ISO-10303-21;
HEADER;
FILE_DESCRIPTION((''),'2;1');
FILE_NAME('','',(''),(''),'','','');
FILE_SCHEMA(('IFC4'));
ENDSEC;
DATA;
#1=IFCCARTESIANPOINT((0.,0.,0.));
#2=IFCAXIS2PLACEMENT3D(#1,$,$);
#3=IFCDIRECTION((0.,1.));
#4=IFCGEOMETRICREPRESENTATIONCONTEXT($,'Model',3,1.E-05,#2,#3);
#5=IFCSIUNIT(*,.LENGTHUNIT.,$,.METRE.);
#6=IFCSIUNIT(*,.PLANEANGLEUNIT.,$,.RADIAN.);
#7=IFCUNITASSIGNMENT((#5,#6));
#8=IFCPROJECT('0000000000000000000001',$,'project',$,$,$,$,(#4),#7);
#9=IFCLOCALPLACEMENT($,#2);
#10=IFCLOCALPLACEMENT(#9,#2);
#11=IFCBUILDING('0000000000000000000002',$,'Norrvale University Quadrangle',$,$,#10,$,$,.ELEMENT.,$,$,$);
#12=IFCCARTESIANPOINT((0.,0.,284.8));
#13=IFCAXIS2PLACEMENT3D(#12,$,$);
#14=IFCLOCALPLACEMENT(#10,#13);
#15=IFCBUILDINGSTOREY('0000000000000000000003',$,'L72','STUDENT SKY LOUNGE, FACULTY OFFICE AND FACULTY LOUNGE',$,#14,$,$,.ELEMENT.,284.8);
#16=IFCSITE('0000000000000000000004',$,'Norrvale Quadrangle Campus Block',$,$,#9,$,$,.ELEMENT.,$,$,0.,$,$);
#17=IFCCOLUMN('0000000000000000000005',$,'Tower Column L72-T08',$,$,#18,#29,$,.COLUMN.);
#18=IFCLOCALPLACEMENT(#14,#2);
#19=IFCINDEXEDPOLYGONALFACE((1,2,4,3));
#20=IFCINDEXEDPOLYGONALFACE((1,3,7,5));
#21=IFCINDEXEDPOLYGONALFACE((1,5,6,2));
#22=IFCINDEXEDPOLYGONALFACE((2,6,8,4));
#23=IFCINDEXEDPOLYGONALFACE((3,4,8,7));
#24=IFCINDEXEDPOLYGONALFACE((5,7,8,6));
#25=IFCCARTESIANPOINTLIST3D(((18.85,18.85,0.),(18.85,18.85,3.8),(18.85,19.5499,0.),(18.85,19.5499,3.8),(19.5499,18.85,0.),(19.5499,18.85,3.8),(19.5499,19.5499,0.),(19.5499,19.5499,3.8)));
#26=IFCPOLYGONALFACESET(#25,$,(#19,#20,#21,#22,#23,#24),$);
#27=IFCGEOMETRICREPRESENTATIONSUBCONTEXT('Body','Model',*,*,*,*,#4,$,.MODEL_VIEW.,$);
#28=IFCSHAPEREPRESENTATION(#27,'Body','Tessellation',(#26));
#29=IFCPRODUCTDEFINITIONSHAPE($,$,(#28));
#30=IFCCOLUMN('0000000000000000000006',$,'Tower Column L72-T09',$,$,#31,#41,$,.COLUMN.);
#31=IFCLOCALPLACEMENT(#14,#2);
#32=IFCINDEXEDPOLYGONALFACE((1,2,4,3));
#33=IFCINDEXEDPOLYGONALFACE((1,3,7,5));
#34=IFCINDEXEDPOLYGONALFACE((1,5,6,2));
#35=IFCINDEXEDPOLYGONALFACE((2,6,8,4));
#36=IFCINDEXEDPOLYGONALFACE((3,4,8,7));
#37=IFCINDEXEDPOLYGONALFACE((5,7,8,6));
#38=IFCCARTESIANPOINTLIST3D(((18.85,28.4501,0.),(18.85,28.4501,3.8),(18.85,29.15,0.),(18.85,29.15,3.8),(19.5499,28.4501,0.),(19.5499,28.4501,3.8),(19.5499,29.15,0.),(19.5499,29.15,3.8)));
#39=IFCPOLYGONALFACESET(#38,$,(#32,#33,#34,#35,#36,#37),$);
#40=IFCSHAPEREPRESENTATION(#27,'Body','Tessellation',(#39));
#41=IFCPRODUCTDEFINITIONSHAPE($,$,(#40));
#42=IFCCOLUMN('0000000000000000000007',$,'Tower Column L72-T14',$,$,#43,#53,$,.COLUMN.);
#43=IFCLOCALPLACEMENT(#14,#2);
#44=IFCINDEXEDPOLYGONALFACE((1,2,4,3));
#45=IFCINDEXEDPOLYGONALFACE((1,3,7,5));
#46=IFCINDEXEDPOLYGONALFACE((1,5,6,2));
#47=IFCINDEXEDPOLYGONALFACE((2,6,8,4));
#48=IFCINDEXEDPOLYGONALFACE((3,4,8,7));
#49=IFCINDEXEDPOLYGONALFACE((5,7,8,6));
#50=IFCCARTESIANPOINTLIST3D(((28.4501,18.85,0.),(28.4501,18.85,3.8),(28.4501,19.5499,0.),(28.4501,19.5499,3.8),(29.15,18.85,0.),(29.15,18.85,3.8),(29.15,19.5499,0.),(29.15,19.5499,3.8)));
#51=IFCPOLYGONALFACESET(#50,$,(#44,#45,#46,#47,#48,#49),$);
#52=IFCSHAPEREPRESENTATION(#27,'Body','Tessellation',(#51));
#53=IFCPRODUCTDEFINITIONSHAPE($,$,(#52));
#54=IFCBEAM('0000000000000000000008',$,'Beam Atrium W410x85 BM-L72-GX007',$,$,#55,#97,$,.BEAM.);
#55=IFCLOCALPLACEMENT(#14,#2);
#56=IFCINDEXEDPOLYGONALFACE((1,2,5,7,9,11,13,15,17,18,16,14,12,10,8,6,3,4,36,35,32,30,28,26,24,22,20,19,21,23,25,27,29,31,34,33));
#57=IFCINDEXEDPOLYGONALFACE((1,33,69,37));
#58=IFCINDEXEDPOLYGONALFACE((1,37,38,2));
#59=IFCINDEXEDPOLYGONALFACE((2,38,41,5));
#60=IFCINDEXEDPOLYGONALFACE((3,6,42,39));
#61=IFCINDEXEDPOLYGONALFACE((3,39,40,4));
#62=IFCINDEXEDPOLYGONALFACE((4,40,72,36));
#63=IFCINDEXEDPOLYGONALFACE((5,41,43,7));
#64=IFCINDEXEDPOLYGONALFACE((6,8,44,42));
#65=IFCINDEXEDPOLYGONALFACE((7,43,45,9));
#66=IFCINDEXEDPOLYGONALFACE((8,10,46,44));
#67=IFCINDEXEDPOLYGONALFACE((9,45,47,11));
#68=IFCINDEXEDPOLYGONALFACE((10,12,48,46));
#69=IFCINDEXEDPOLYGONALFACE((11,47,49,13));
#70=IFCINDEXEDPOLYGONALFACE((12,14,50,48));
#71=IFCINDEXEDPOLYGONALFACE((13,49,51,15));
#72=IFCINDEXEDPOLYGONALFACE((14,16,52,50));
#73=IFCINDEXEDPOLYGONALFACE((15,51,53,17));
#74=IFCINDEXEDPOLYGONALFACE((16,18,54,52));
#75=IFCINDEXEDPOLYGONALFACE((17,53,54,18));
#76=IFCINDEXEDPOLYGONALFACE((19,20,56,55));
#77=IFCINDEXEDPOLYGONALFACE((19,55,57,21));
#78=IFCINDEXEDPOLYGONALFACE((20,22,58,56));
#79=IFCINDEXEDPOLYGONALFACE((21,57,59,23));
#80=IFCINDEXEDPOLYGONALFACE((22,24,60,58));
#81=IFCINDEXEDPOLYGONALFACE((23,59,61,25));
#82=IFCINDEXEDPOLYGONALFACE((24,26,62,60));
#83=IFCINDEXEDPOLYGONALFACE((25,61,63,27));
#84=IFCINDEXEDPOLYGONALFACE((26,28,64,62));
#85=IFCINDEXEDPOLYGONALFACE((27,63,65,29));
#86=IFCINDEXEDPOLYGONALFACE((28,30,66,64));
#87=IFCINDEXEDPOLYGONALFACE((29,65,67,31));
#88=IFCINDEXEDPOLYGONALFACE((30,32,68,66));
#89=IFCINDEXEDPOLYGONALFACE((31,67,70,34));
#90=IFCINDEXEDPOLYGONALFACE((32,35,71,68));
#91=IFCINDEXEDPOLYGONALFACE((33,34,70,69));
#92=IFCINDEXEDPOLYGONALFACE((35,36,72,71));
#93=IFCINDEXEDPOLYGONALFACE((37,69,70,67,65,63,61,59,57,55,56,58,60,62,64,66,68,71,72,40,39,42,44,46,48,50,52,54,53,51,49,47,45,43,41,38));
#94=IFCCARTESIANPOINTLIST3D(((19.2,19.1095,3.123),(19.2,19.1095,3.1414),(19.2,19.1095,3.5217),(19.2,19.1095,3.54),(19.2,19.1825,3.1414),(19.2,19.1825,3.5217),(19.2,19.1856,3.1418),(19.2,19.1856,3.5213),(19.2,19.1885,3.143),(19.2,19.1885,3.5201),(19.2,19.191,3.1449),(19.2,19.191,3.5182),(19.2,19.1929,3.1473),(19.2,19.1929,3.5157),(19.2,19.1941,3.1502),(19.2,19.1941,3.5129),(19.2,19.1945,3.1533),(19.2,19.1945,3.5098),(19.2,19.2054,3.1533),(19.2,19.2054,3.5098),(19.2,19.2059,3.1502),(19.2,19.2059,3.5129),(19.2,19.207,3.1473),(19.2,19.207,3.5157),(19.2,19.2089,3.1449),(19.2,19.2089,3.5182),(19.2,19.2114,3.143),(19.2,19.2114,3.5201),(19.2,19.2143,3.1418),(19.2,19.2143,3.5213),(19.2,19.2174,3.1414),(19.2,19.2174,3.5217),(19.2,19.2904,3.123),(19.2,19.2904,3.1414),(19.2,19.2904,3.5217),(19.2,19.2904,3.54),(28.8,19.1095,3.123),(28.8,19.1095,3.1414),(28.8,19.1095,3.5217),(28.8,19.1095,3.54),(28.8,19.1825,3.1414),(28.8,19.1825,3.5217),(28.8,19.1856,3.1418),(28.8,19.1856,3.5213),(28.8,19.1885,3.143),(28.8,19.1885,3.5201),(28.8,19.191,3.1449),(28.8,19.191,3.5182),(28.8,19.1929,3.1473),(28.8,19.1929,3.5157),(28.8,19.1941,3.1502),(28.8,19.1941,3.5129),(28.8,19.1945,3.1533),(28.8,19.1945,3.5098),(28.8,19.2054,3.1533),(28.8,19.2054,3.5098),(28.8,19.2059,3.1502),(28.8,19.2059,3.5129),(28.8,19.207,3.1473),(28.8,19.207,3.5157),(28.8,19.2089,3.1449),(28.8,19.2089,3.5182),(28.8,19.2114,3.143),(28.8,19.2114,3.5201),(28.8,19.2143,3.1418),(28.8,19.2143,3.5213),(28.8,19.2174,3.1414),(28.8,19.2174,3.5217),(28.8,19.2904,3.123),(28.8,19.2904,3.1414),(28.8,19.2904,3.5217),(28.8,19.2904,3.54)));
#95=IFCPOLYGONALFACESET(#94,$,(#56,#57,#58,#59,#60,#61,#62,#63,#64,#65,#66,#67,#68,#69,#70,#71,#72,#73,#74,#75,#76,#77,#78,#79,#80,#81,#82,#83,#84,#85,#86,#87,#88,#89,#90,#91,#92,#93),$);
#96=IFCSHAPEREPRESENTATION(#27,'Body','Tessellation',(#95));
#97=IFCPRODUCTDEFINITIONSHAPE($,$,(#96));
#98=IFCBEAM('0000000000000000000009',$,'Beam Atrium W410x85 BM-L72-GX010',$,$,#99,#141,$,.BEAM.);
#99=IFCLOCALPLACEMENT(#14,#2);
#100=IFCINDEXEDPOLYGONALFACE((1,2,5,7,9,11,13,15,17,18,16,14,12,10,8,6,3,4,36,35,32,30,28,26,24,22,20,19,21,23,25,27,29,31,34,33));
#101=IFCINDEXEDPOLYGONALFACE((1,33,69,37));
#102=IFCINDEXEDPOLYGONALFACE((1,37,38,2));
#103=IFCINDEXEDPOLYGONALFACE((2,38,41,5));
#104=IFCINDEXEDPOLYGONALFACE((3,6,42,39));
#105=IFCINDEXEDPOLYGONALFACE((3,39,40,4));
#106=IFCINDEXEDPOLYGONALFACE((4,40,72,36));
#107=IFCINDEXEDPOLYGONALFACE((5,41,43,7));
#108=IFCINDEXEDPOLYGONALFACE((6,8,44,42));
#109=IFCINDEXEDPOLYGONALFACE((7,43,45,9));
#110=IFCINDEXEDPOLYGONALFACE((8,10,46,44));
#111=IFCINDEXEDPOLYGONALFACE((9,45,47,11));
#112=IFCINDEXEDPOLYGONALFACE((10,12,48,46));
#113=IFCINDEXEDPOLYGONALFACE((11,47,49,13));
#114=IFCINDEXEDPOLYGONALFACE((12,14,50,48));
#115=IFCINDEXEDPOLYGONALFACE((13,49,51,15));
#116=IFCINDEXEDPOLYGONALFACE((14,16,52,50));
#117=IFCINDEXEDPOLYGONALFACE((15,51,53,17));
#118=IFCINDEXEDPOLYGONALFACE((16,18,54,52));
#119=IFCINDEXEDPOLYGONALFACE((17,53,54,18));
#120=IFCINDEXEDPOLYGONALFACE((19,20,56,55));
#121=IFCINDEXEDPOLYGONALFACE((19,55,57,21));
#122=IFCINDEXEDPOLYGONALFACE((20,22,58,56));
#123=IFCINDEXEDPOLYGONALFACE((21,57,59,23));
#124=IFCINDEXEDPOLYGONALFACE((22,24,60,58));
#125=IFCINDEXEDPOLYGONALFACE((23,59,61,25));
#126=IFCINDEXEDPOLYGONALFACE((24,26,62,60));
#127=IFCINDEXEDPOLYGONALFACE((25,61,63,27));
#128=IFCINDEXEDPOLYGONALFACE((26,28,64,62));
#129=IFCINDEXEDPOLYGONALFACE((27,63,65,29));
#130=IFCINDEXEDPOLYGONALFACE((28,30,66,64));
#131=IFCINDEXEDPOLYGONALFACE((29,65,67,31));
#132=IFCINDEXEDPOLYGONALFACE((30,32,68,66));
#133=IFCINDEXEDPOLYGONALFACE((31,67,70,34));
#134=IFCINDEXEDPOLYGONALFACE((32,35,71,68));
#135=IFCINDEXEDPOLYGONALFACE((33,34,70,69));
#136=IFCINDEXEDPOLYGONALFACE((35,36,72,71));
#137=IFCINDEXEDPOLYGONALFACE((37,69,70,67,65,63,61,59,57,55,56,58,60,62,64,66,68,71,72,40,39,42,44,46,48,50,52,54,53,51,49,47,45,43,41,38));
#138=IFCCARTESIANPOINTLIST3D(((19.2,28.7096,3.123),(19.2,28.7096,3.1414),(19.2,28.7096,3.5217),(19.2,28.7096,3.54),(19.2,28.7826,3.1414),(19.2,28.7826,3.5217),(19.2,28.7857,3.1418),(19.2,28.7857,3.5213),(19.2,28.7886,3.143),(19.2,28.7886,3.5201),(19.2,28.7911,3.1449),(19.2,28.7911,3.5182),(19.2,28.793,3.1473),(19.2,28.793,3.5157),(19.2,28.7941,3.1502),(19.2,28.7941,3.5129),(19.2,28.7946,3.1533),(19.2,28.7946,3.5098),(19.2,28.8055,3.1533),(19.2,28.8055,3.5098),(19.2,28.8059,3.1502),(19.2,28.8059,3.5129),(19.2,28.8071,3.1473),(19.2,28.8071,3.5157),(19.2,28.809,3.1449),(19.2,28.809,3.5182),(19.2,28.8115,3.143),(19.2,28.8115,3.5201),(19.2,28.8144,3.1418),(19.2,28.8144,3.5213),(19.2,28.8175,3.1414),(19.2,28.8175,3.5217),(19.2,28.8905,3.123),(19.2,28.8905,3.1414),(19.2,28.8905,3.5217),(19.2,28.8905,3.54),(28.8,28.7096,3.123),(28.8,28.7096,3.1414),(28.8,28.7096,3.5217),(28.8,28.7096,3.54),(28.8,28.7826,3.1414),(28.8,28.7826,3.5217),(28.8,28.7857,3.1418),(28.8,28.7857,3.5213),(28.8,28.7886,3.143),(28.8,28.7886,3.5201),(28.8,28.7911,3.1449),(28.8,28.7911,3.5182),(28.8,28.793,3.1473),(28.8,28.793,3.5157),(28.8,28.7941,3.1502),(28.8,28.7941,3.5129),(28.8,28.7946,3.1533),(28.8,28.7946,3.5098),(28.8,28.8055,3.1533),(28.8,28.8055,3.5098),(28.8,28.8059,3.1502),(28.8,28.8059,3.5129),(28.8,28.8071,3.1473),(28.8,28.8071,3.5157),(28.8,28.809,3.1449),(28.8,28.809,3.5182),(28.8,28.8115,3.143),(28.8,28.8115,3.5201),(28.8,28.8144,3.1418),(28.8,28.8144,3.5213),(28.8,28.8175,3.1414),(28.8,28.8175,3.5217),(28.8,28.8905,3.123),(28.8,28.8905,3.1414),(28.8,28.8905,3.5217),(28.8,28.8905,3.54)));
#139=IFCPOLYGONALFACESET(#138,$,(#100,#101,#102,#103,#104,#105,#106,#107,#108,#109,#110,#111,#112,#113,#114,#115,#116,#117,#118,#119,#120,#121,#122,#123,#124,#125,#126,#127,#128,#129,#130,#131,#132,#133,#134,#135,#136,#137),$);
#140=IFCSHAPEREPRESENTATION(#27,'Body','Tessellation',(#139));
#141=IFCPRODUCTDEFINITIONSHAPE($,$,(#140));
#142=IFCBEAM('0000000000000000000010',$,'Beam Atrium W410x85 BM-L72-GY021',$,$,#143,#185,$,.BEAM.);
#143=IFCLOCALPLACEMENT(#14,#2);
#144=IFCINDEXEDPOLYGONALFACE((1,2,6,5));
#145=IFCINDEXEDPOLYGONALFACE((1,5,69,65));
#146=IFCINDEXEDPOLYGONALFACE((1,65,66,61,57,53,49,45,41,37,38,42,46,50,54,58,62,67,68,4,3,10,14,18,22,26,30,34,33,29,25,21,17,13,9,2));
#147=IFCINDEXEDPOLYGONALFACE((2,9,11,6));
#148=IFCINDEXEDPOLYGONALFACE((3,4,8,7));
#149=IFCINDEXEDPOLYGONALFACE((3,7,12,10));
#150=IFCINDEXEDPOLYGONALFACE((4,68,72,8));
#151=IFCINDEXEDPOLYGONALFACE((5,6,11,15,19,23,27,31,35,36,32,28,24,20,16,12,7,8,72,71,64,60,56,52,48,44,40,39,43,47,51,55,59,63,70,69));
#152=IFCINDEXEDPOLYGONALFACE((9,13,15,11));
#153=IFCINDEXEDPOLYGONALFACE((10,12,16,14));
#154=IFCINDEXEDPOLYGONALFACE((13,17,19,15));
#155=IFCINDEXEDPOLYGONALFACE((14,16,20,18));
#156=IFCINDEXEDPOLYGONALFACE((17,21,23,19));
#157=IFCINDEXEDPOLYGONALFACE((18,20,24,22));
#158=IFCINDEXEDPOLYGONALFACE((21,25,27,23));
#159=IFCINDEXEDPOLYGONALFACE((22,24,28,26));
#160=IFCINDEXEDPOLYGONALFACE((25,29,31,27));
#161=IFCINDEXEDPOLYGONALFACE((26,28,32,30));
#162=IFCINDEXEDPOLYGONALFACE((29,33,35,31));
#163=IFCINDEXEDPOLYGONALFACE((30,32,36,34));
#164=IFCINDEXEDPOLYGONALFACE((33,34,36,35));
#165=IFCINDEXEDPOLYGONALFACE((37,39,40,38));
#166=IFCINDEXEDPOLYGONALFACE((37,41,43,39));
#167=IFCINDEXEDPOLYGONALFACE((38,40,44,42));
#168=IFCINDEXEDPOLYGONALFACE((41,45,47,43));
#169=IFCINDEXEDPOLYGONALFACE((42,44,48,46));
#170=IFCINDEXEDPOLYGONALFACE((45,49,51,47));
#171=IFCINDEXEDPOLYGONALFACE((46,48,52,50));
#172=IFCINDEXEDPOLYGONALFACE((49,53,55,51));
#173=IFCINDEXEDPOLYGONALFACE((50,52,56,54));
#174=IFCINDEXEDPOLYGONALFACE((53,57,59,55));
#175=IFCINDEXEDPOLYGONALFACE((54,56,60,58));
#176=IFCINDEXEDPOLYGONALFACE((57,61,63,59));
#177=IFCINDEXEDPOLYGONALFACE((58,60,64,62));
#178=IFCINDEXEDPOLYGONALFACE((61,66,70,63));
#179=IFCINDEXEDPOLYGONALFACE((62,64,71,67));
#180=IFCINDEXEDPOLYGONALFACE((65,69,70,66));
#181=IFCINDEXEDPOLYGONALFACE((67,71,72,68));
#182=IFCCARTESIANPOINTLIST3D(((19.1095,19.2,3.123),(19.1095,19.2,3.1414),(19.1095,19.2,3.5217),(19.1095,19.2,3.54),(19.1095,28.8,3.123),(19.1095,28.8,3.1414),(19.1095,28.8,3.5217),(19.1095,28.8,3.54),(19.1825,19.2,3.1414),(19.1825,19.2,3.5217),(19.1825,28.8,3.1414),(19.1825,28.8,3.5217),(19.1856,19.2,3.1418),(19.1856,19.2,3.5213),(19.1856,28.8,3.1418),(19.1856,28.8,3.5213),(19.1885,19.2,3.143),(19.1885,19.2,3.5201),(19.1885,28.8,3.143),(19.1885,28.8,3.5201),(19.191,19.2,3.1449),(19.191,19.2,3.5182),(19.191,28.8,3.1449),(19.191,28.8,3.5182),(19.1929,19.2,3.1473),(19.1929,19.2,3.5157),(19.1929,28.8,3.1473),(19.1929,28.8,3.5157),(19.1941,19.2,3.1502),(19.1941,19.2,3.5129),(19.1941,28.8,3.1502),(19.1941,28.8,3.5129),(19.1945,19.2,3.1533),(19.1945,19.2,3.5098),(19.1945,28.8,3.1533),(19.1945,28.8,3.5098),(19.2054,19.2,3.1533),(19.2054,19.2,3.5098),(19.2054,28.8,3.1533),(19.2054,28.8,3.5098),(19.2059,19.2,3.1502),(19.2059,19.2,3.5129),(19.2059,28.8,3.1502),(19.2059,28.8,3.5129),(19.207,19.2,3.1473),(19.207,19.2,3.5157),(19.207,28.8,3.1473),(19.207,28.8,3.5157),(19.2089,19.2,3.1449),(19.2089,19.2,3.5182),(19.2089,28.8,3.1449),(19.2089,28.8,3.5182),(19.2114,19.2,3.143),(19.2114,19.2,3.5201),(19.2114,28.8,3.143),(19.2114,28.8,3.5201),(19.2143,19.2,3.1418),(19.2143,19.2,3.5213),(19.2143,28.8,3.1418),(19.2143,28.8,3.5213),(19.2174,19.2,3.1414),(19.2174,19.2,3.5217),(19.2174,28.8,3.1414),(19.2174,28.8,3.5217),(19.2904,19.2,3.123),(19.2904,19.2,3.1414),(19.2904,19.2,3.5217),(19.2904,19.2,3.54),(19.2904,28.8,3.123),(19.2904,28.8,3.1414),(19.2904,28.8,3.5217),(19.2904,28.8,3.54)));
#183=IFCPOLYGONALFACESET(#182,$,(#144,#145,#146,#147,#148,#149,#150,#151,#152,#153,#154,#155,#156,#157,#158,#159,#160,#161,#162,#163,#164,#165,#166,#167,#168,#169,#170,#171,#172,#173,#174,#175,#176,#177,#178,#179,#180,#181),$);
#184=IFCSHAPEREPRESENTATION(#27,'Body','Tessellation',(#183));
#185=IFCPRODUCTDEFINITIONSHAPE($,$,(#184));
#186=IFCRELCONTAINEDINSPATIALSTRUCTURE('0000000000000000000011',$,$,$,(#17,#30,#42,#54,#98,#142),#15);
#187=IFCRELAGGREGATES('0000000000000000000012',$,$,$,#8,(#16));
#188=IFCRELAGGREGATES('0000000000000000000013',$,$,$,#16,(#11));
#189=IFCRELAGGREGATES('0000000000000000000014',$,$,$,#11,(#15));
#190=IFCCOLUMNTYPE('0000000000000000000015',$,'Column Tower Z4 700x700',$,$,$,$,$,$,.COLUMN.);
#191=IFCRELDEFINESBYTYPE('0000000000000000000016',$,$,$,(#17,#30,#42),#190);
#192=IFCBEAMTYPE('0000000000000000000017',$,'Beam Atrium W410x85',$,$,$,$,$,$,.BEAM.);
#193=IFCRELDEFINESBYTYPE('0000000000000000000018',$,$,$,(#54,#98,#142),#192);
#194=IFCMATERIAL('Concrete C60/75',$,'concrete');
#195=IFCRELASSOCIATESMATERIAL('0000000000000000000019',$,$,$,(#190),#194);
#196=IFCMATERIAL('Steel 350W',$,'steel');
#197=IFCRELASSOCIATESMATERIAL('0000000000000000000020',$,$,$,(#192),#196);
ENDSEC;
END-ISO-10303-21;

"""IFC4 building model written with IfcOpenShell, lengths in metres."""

from ifc_helpers import new_model, si_unit, direction, frame, origin, origin_2d, place, context, subcontext, project, spatial, rectangle, i_section, extrude, material, material_profile, profile_set, type_object, element, save


model = new_model("IFC4")

# Units and contexts
model_context = context("Model", 3, precision=1e-05, world=origin(), true_north=direction((0.0, 1.0)))
body_context = subcontext(model_context, "Body", "Model", "MODEL_VIEW")
ifc_project = project(units=[si_unit("LENGTHUNIT", "METRE"), si_unit("PLANEANGLEUNIT", "RADIAN")], contexts=[model_context])

# Site, building, storey
site_placement = place(None, origin())
site = spatial("IfcSite", under=ifc_project, at=site_placement, Name="Norrvale Quadrangle Campus Block", CompositionType="ELEMENT", RefElevation=0.0)
building_placement = place(site_placement, origin())
building = spatial("IfcBuilding", under=site, at=building_placement, Name="Norrvale University Quadrangle", CompositionType="ELEMENT")
storey_placement = place(building_placement, frame((0.0, 0.0, 284.8)))
storey = spatial("IfcBuildingStorey", under=building, at=storey_placement, Name="L72", Description="STUDENT SKY LOUNGE, FACULTY OFFICE AND FACULTY LOUNGE", CompositionType="ELEMENT", Elevation=284.8)

# Columns
ifc_material_1 = material(Name="Concrete C60/75", Category="concrete")
ifc_material_profile_1 = material_profile(ifc_material_1, rectangle(XDim=0.7, YDim=0.7, at=origin_2d()), Name="Concrete C60/75")
ifc_profile_set_1 = profile_set([ifc_material_profile_1], Name="Concrete C60/75")
column_type = type_object("IfcColumnType", Name="Column Tower Z4 700x700", PredefinedType="COLUMN", material=ifc_profile_set_1)
for number, where, z_axis, x_axis, name in (
    (1, (19.2, 19.2, 0.0), (0.0, 0.0, 1.0), (1.0, 0.0, 0.0), "Tower Column L72-T08"),
    (2, (19.2, 28.8, 0.0), (0.0, 0.0, 1.0), (1.0, 0.0, 0.0), "Tower Column L72-T09"),
    (3, (28.8, 19.2, 0.0), (0.0, 0.0, 1.0), (1.0, 0.0, 0.0), "Tower Column L72-T14"),
):
    element("IfcColumn", number, at=place(storey_placement, frame(where, z_axis=z_axis, x_axis=x_axis)), inside=storey, type_object=column_type, Name=name, PredefinedType="COLUMN", context=body_context, shape_type="SweptSolid", body=[
        extrude(rectangle(XDim=0.7, YDim=0.7, at=origin_2d()), origin(), (0.0, 0.0, 1.0), 3.8),
    ])

# Beams
ifc_material_2 = material(Name="Steel 350W", Category="steel")
ifc_material_profile_2 = material_profile(ifc_material_2, i_section(OverallWidth=0.1809, OverallDepth=0.417, WebThickness=0.011, FlangeThickness=0.0183, FilletRadius=0.012, at=origin_2d()), Name="Steel 350W")
ifc_profile_set_2 = profile_set([ifc_material_profile_2], Name="Steel 350W")
beam_type_1 = type_object("IfcBeamType", Name="Beam Atrium W410x85", PredefinedType="BEAM", material=ifc_profile_set_2)
for number, where, z_axis, x_axis, name in (
    (4, (19.2, 19.2, 3.3315), (1.0, 0.0, 0.0), (0.0, 1.0, 0.0), "Beam Atrium W410x85 BM-L72-GX007"),
    (5, (19.2, 28.8, 3.3315), (1.0, 0.0, 0.0), (0.0, 1.0, 0.0), "Beam Atrium W410x85 BM-L72-GX010"),
    (6, (19.2, 19.2, 3.3315), (0.0, 1.0, 0.0), (-1.0, 0.0, 0.0), "Beam Atrium W410x85 BM-L72-GY021"),
):
    element("IfcBeam", number, at=place(storey_placement, frame(where, z_axis=z_axis, x_axis=x_axis)), inside=storey, type_object=beam_type_1, Name=name, PredefinedType="BEAM", context=body_context, shape_type="SweptSolid", body=[
        extrude(i_section(OverallWidth=0.1809, OverallDepth=0.417, WebThickness=0.011, FlangeThickness=0.0183, FilletRadius=0.012, at=origin_2d()), origin(), (0.0, 0.0, 1.0), 9.6001),
    ])

save(model, "model.ifc")
